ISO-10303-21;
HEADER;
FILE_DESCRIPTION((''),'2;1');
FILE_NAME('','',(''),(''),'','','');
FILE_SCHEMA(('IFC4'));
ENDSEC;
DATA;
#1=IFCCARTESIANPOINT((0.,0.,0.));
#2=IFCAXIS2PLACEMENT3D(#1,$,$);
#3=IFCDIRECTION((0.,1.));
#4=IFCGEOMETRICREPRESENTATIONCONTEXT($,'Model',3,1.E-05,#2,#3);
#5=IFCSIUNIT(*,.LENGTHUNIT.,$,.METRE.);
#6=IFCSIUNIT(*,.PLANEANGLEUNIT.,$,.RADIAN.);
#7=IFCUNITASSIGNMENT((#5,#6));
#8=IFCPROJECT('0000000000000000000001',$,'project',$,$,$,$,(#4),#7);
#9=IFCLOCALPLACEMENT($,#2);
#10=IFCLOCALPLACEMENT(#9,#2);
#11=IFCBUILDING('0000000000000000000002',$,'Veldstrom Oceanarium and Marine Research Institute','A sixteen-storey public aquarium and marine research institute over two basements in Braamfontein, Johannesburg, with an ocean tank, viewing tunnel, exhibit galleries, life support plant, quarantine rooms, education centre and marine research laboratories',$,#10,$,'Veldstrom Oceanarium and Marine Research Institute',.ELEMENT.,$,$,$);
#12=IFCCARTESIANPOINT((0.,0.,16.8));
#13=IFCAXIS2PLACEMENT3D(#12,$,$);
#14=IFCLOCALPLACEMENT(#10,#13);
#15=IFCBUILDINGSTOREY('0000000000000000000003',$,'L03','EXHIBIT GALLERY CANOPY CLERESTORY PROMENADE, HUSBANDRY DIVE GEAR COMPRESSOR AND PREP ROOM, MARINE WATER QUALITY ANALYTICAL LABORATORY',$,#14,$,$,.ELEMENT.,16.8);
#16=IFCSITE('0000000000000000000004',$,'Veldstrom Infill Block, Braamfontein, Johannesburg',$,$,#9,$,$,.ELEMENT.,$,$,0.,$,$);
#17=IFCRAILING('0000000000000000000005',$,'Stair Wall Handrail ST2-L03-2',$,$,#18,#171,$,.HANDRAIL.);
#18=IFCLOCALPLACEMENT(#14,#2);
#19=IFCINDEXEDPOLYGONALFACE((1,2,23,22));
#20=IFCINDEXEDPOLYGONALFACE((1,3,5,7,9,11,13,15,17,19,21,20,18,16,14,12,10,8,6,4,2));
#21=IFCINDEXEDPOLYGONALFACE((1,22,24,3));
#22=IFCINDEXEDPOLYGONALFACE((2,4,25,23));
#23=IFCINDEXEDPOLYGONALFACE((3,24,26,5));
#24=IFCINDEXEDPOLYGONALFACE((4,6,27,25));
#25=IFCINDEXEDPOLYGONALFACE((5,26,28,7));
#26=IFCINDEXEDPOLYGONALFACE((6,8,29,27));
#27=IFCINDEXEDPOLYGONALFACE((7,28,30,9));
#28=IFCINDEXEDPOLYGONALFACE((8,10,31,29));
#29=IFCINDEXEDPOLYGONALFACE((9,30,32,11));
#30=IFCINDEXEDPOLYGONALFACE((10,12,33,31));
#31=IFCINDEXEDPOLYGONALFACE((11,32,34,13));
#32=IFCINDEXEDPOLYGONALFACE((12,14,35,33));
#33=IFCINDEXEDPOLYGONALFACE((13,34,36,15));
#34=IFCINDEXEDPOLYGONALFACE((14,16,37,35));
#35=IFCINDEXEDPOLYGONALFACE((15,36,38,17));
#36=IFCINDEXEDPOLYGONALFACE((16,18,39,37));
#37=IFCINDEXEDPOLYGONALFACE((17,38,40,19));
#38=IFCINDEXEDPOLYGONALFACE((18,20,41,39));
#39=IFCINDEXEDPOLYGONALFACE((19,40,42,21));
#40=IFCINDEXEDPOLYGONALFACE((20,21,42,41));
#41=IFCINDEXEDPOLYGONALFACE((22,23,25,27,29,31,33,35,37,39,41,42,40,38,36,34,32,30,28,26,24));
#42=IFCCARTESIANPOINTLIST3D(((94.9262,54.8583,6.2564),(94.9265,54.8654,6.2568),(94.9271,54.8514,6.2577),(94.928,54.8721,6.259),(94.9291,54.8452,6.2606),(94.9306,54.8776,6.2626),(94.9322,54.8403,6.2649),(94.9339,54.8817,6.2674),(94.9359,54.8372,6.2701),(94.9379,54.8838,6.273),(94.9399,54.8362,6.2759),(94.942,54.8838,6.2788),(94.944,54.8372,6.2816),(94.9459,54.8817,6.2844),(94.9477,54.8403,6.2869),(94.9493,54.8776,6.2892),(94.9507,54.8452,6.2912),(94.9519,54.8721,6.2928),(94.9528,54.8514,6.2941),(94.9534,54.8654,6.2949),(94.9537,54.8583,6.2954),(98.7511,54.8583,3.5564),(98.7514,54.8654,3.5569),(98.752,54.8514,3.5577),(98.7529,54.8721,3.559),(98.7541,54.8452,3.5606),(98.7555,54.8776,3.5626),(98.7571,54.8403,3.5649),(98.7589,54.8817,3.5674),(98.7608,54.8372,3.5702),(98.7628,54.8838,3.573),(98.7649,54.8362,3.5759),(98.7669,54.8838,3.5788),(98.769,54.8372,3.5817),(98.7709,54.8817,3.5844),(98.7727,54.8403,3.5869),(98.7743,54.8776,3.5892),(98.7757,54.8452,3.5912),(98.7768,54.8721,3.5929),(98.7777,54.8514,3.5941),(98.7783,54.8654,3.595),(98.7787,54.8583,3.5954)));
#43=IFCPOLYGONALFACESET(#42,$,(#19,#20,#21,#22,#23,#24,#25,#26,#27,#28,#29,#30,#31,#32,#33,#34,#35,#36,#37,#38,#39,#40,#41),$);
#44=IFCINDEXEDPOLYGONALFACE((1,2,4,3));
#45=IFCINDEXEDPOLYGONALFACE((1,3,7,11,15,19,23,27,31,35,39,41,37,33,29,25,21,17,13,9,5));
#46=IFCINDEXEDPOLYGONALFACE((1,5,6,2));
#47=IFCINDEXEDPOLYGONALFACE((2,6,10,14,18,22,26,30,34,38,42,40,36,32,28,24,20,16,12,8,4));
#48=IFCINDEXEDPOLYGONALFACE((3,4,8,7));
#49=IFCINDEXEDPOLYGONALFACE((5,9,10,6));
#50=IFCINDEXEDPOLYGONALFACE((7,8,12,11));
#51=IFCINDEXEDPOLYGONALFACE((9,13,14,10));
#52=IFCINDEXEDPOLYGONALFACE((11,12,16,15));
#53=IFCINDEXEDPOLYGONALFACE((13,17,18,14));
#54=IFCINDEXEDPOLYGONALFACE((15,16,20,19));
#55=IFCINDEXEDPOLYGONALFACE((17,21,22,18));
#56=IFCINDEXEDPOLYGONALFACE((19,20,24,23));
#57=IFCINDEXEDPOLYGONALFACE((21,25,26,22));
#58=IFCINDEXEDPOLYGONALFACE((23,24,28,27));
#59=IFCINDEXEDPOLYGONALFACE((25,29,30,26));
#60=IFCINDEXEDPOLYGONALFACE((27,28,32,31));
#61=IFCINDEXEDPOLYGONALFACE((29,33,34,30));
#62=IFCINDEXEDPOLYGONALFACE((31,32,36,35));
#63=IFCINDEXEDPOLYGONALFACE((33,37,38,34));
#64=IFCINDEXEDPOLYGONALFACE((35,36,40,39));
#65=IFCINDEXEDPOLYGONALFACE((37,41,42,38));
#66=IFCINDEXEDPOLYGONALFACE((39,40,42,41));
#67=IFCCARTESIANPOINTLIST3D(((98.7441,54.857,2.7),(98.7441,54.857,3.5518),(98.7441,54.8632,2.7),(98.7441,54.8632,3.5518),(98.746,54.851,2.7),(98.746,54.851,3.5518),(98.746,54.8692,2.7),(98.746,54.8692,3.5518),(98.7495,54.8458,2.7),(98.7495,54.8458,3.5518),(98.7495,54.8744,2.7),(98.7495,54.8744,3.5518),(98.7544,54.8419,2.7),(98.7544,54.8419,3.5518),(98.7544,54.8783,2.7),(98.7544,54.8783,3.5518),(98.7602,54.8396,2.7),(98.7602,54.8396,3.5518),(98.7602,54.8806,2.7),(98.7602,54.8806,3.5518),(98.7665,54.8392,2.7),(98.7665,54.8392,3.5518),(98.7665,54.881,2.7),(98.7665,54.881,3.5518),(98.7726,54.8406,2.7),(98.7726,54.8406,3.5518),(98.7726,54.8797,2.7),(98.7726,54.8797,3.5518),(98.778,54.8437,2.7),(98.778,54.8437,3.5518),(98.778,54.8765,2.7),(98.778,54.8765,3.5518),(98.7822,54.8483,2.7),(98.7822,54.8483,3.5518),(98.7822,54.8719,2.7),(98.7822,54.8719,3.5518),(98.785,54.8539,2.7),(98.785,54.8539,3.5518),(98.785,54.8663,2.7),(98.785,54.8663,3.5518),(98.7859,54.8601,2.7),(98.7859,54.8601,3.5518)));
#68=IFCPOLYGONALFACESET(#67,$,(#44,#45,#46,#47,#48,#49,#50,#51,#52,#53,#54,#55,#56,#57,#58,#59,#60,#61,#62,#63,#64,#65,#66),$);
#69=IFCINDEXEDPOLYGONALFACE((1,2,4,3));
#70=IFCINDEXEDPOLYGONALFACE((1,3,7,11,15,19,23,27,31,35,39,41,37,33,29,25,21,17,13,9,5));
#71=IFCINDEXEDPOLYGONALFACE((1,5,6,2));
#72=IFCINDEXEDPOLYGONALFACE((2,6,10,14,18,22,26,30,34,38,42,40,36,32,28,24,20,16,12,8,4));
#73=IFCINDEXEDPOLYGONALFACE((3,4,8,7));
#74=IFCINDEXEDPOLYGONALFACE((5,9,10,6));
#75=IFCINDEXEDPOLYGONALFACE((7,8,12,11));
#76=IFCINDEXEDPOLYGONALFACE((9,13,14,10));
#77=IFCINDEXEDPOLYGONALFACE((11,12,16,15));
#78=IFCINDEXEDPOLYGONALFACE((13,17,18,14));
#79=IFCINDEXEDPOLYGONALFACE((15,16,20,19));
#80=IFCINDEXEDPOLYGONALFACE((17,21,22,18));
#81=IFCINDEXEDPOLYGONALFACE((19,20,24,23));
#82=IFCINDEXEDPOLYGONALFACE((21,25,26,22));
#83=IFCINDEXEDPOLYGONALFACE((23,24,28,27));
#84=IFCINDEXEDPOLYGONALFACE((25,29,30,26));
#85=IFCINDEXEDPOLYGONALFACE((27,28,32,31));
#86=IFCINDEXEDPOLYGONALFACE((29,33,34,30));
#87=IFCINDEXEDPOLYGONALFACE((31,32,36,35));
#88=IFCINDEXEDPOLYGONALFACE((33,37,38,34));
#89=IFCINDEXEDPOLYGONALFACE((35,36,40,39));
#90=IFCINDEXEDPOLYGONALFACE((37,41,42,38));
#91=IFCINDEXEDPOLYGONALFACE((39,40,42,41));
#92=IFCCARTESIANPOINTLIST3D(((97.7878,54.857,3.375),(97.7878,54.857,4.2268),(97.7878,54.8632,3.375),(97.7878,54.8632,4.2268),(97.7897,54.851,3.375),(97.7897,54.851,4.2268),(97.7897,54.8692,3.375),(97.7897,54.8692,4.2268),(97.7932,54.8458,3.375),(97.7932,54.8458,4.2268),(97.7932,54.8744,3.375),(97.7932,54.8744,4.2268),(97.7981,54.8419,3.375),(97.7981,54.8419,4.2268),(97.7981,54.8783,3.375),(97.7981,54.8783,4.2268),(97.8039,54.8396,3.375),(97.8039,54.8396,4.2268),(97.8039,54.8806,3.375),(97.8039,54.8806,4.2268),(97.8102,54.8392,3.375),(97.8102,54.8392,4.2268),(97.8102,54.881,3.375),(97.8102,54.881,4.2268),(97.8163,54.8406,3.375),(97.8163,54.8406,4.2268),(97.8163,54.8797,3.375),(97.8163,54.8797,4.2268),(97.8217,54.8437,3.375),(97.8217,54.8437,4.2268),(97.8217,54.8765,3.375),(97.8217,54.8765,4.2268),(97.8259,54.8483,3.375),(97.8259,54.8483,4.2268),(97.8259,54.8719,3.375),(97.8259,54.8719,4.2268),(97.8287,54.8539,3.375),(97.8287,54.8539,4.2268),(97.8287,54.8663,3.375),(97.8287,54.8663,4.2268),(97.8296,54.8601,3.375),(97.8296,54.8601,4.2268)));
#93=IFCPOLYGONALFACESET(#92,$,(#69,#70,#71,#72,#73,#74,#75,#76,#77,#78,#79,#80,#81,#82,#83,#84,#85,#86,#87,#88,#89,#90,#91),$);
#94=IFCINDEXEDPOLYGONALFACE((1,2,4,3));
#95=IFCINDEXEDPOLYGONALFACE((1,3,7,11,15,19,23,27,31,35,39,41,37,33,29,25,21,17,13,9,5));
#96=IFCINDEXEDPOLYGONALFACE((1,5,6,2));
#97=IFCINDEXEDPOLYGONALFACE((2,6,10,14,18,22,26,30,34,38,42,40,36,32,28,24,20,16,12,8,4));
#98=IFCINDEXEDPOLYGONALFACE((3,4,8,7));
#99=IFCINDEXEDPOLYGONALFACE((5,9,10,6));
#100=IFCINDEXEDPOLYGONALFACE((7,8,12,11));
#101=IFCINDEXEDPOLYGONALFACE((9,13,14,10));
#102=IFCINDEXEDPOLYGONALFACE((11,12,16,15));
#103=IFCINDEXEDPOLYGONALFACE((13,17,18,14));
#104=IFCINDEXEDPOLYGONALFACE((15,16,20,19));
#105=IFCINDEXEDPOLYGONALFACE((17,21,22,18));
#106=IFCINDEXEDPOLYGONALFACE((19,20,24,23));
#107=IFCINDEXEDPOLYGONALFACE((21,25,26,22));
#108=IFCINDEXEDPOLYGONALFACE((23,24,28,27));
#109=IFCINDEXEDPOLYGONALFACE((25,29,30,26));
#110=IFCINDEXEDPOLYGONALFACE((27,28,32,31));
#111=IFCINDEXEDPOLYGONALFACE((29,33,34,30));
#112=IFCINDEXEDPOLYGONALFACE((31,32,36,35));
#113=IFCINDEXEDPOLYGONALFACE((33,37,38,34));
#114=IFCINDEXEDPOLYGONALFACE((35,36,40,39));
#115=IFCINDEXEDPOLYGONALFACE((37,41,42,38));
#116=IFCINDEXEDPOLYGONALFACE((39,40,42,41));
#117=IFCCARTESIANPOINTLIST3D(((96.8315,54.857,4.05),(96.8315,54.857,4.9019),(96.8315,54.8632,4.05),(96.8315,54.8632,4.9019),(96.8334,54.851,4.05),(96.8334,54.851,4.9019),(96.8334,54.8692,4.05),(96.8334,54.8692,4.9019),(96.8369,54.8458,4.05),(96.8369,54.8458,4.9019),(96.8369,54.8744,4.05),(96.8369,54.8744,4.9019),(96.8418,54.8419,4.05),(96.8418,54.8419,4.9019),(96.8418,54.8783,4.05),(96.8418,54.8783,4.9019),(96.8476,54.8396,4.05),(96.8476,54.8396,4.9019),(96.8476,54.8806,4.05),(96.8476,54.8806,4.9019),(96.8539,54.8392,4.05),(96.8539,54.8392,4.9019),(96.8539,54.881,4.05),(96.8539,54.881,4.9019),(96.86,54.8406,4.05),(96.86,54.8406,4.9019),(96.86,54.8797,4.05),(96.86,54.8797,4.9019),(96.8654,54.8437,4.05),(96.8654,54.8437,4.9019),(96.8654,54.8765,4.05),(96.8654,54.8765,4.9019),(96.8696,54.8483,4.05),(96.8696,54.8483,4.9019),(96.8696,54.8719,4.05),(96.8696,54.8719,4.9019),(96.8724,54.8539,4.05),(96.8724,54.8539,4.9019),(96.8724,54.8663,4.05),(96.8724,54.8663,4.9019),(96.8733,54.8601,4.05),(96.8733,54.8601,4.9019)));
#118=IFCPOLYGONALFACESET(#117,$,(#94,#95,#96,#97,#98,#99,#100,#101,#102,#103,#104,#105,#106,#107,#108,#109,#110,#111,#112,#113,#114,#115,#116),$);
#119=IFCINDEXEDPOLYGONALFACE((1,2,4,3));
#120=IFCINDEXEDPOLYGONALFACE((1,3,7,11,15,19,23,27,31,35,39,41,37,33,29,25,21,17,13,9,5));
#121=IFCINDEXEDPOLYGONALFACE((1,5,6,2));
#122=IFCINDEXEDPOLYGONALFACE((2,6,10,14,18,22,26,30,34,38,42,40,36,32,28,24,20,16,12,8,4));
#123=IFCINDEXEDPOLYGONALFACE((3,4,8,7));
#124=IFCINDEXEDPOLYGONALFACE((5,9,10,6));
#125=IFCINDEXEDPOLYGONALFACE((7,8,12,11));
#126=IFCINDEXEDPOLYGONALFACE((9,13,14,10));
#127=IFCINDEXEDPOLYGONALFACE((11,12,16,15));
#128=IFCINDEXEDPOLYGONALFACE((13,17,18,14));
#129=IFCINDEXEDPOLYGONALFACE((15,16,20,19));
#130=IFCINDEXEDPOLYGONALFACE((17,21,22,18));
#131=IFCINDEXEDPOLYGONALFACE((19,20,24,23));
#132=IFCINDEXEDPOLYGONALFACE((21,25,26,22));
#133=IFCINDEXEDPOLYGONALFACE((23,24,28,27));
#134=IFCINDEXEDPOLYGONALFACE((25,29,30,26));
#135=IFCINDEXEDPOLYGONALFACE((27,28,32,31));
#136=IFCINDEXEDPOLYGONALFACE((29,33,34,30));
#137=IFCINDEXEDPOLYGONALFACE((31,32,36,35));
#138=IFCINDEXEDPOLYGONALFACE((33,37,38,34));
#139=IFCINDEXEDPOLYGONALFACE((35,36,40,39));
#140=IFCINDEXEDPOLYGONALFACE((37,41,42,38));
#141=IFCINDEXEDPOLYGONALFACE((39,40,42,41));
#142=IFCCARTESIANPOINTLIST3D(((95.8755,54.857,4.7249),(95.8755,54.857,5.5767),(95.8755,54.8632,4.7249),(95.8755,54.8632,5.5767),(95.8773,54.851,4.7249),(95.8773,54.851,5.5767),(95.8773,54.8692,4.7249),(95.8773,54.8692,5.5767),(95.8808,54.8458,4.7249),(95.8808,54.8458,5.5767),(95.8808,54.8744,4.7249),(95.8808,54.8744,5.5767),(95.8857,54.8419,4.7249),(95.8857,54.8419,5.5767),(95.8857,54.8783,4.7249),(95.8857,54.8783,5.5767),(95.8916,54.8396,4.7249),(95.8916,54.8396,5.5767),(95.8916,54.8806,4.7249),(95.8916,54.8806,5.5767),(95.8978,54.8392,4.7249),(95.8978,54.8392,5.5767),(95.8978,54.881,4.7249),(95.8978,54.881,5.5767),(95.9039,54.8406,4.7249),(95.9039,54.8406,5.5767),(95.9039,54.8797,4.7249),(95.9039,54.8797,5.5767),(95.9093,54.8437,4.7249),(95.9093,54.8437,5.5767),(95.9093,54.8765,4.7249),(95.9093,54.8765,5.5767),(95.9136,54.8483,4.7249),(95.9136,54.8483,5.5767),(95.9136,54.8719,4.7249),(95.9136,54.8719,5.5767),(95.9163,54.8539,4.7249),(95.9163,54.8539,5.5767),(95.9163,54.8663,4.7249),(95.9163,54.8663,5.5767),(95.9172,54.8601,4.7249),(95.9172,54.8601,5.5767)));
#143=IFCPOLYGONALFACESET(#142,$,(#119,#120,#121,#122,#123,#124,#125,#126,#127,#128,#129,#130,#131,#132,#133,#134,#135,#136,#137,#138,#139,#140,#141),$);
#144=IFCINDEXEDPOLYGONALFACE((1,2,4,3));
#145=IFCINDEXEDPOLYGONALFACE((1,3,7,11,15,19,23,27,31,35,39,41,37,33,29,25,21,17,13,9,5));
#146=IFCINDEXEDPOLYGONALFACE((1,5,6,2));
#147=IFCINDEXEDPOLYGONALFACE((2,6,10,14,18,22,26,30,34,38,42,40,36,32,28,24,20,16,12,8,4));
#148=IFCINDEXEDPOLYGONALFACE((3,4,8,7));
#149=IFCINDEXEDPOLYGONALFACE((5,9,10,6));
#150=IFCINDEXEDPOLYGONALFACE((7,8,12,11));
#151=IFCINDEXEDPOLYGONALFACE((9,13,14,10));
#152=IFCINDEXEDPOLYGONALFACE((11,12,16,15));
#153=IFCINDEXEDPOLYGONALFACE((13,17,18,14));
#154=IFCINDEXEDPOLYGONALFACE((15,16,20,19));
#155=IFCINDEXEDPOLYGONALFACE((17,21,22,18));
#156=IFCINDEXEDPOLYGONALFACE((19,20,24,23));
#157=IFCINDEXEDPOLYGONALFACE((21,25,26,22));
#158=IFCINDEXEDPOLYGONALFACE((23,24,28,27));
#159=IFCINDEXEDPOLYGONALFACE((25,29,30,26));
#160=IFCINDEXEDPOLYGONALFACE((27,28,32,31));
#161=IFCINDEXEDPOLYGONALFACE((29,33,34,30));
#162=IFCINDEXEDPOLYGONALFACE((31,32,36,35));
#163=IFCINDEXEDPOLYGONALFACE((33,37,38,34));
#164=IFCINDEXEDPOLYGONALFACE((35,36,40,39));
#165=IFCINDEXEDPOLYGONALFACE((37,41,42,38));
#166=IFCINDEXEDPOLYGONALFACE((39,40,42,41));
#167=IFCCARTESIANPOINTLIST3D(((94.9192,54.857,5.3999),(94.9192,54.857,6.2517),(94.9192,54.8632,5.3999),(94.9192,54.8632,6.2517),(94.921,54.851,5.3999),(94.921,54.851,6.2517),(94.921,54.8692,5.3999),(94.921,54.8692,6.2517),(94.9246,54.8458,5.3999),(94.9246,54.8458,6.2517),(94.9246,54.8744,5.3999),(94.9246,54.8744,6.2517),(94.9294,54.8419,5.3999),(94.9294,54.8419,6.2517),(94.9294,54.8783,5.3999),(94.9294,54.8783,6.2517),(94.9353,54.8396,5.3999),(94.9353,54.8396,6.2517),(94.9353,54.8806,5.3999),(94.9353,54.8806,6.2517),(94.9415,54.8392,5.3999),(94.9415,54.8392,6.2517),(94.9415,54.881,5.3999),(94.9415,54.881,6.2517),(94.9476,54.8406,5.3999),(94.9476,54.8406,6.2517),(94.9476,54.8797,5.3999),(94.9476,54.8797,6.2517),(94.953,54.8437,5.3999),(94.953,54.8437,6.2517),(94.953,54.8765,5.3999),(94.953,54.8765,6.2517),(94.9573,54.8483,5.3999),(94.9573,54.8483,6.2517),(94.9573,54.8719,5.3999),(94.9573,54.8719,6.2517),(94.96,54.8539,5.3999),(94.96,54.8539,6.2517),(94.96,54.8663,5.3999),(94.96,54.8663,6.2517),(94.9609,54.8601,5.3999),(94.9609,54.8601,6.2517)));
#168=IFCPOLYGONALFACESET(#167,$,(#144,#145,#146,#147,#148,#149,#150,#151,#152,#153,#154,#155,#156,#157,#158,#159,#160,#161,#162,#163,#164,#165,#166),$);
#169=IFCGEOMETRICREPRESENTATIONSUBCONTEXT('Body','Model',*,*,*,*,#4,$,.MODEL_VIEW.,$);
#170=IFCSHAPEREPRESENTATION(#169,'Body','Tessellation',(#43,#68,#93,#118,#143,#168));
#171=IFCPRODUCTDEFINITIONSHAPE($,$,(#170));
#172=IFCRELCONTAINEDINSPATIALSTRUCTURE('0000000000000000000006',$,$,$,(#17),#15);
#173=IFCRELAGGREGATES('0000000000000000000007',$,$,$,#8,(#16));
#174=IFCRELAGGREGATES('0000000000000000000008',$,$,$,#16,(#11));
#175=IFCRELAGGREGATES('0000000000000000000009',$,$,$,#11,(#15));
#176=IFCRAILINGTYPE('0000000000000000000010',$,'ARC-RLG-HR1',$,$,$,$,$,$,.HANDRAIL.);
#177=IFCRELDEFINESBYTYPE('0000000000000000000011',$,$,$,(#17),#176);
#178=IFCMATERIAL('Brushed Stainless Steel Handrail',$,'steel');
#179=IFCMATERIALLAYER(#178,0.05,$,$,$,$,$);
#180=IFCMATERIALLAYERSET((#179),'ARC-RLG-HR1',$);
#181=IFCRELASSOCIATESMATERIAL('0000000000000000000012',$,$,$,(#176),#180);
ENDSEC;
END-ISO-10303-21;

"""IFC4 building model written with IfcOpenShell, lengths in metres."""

from ifc_helpers import new_model, si_unit, direction, frame, origin, origin_2d, place, context, subcontext, project, spatial, circle, extrude, material, layer, layer_set, type_object, element, save


model = new_model("IFC4")

# Units and contexts
model_context = context("Model", 3, precision=1e-05, world=origin(), true_north=direction((0.0, 1.0)))
body_context = subcontext(model_context, "Body", "Model", "MODEL_VIEW")
ifc_project = project(units=[si_unit("LENGTHUNIT", "METRE"), si_unit("PLANEANGLEUNIT", "RADIAN")], contexts=[model_context])

# Site, building, storey
site_placement = place(None, origin())
site = spatial("IfcSite", under=ifc_project, at=site_placement, Name="Veldstrom Infill Block, Braamfontein, Johannesburg", CompositionType="ELEMENT", RefElevation=0.0)
building_placement = place(site_placement, origin())
building = spatial("IfcBuilding", under=site, at=building_placement, Name="Veldstrom Oceanarium and Marine Research Institute", Description="A sixteen-storey public aquarium and marine research institute over two basements in Braamfontein, Johannesburg, with an ocean tank, viewing tunnel, exhibit galleries, life support plant, quarantine rooms, education centre and marine research laboratories", LongName="Veldstrom Oceanarium and Marine Research Institute", CompositionType="ELEMENT")
storey_placement = place(building_placement, frame((0.0, 0.0, 16.8)))
storey = spatial("IfcBuildingStorey", under=building, at=storey_placement, Name="L03", Description="EXHIBIT GALLERY CANOPY CLERESTORY PROMENADE, HUSBANDRY DIVE GEAR COMPRESSOR AND PREP ROOM, MARINE WATER QUALITY ANALYTICAL LABORATORY", CompositionType="ELEMENT", Elevation=16.8)

# Railing
ifc_material_1 = material(Name="Brushed Stainless Steel Handrail", Category="steel")
ifc_layer_1 = layer(ifc_material_1, 0.05)
ifc_layer_set_1 = layer_set([ifc_layer_1], Name="ARC-RLG-HR1")
railing_type_1 = type_object("IfcRailingType", Name="ARC-RLG-HR1", PredefinedType="HANDRAIL", material=ifc_layer_set_1)
railing_1_placement = place(storey_placement, frame((98.7649, 54.8601, 2.7)))
element("IfcRailing", 1, at=railing_1_placement, inside=storey, type_object=railing_type_1, Name="Stair Wall Handrail ST2-L03-2", PredefinedType="HANDRAIL", context=body_context, shape_type="SweptSolid", body=[
    extrude(circle(Radius=0.0239, at=origin_2d()), frame((0.0, 0.0, 0.876), z_axis=(-0.816969, 0.0, 0.576681), x_axis=(0.0, -1.0, 0.0)), (0.0, 0.0, 1.0), 4.6819),
    extrude(circle(Radius=0.021, at=origin_2d()), origin(), (0.0, 0.0, 1.0), 0.8518),
    extrude(circle(Radius=0.021, at=origin_2d()), frame((-0.9563, 0.0, 0.675)), (0.0, 0.0, 1.0), 0.8518),
    extrude(circle(Radius=0.021, at=origin_2d()), frame((-1.9126, 0.0, 1.3501)), (0.0, 0.0, 1.0), 0.8518),
    extrude(circle(Radius=0.021, at=origin_2d()), frame((-2.8687, 0.0, 2.0249)), (0.0, 0.0, 1.0), 0.8518),
    extrude(circle(Radius=0.021, at=origin_2d()), frame((-3.825, 0.0, 2.7)), (0.0, 0.0, 1.0), 0.8518),
])

save(model, "model.ifc")
